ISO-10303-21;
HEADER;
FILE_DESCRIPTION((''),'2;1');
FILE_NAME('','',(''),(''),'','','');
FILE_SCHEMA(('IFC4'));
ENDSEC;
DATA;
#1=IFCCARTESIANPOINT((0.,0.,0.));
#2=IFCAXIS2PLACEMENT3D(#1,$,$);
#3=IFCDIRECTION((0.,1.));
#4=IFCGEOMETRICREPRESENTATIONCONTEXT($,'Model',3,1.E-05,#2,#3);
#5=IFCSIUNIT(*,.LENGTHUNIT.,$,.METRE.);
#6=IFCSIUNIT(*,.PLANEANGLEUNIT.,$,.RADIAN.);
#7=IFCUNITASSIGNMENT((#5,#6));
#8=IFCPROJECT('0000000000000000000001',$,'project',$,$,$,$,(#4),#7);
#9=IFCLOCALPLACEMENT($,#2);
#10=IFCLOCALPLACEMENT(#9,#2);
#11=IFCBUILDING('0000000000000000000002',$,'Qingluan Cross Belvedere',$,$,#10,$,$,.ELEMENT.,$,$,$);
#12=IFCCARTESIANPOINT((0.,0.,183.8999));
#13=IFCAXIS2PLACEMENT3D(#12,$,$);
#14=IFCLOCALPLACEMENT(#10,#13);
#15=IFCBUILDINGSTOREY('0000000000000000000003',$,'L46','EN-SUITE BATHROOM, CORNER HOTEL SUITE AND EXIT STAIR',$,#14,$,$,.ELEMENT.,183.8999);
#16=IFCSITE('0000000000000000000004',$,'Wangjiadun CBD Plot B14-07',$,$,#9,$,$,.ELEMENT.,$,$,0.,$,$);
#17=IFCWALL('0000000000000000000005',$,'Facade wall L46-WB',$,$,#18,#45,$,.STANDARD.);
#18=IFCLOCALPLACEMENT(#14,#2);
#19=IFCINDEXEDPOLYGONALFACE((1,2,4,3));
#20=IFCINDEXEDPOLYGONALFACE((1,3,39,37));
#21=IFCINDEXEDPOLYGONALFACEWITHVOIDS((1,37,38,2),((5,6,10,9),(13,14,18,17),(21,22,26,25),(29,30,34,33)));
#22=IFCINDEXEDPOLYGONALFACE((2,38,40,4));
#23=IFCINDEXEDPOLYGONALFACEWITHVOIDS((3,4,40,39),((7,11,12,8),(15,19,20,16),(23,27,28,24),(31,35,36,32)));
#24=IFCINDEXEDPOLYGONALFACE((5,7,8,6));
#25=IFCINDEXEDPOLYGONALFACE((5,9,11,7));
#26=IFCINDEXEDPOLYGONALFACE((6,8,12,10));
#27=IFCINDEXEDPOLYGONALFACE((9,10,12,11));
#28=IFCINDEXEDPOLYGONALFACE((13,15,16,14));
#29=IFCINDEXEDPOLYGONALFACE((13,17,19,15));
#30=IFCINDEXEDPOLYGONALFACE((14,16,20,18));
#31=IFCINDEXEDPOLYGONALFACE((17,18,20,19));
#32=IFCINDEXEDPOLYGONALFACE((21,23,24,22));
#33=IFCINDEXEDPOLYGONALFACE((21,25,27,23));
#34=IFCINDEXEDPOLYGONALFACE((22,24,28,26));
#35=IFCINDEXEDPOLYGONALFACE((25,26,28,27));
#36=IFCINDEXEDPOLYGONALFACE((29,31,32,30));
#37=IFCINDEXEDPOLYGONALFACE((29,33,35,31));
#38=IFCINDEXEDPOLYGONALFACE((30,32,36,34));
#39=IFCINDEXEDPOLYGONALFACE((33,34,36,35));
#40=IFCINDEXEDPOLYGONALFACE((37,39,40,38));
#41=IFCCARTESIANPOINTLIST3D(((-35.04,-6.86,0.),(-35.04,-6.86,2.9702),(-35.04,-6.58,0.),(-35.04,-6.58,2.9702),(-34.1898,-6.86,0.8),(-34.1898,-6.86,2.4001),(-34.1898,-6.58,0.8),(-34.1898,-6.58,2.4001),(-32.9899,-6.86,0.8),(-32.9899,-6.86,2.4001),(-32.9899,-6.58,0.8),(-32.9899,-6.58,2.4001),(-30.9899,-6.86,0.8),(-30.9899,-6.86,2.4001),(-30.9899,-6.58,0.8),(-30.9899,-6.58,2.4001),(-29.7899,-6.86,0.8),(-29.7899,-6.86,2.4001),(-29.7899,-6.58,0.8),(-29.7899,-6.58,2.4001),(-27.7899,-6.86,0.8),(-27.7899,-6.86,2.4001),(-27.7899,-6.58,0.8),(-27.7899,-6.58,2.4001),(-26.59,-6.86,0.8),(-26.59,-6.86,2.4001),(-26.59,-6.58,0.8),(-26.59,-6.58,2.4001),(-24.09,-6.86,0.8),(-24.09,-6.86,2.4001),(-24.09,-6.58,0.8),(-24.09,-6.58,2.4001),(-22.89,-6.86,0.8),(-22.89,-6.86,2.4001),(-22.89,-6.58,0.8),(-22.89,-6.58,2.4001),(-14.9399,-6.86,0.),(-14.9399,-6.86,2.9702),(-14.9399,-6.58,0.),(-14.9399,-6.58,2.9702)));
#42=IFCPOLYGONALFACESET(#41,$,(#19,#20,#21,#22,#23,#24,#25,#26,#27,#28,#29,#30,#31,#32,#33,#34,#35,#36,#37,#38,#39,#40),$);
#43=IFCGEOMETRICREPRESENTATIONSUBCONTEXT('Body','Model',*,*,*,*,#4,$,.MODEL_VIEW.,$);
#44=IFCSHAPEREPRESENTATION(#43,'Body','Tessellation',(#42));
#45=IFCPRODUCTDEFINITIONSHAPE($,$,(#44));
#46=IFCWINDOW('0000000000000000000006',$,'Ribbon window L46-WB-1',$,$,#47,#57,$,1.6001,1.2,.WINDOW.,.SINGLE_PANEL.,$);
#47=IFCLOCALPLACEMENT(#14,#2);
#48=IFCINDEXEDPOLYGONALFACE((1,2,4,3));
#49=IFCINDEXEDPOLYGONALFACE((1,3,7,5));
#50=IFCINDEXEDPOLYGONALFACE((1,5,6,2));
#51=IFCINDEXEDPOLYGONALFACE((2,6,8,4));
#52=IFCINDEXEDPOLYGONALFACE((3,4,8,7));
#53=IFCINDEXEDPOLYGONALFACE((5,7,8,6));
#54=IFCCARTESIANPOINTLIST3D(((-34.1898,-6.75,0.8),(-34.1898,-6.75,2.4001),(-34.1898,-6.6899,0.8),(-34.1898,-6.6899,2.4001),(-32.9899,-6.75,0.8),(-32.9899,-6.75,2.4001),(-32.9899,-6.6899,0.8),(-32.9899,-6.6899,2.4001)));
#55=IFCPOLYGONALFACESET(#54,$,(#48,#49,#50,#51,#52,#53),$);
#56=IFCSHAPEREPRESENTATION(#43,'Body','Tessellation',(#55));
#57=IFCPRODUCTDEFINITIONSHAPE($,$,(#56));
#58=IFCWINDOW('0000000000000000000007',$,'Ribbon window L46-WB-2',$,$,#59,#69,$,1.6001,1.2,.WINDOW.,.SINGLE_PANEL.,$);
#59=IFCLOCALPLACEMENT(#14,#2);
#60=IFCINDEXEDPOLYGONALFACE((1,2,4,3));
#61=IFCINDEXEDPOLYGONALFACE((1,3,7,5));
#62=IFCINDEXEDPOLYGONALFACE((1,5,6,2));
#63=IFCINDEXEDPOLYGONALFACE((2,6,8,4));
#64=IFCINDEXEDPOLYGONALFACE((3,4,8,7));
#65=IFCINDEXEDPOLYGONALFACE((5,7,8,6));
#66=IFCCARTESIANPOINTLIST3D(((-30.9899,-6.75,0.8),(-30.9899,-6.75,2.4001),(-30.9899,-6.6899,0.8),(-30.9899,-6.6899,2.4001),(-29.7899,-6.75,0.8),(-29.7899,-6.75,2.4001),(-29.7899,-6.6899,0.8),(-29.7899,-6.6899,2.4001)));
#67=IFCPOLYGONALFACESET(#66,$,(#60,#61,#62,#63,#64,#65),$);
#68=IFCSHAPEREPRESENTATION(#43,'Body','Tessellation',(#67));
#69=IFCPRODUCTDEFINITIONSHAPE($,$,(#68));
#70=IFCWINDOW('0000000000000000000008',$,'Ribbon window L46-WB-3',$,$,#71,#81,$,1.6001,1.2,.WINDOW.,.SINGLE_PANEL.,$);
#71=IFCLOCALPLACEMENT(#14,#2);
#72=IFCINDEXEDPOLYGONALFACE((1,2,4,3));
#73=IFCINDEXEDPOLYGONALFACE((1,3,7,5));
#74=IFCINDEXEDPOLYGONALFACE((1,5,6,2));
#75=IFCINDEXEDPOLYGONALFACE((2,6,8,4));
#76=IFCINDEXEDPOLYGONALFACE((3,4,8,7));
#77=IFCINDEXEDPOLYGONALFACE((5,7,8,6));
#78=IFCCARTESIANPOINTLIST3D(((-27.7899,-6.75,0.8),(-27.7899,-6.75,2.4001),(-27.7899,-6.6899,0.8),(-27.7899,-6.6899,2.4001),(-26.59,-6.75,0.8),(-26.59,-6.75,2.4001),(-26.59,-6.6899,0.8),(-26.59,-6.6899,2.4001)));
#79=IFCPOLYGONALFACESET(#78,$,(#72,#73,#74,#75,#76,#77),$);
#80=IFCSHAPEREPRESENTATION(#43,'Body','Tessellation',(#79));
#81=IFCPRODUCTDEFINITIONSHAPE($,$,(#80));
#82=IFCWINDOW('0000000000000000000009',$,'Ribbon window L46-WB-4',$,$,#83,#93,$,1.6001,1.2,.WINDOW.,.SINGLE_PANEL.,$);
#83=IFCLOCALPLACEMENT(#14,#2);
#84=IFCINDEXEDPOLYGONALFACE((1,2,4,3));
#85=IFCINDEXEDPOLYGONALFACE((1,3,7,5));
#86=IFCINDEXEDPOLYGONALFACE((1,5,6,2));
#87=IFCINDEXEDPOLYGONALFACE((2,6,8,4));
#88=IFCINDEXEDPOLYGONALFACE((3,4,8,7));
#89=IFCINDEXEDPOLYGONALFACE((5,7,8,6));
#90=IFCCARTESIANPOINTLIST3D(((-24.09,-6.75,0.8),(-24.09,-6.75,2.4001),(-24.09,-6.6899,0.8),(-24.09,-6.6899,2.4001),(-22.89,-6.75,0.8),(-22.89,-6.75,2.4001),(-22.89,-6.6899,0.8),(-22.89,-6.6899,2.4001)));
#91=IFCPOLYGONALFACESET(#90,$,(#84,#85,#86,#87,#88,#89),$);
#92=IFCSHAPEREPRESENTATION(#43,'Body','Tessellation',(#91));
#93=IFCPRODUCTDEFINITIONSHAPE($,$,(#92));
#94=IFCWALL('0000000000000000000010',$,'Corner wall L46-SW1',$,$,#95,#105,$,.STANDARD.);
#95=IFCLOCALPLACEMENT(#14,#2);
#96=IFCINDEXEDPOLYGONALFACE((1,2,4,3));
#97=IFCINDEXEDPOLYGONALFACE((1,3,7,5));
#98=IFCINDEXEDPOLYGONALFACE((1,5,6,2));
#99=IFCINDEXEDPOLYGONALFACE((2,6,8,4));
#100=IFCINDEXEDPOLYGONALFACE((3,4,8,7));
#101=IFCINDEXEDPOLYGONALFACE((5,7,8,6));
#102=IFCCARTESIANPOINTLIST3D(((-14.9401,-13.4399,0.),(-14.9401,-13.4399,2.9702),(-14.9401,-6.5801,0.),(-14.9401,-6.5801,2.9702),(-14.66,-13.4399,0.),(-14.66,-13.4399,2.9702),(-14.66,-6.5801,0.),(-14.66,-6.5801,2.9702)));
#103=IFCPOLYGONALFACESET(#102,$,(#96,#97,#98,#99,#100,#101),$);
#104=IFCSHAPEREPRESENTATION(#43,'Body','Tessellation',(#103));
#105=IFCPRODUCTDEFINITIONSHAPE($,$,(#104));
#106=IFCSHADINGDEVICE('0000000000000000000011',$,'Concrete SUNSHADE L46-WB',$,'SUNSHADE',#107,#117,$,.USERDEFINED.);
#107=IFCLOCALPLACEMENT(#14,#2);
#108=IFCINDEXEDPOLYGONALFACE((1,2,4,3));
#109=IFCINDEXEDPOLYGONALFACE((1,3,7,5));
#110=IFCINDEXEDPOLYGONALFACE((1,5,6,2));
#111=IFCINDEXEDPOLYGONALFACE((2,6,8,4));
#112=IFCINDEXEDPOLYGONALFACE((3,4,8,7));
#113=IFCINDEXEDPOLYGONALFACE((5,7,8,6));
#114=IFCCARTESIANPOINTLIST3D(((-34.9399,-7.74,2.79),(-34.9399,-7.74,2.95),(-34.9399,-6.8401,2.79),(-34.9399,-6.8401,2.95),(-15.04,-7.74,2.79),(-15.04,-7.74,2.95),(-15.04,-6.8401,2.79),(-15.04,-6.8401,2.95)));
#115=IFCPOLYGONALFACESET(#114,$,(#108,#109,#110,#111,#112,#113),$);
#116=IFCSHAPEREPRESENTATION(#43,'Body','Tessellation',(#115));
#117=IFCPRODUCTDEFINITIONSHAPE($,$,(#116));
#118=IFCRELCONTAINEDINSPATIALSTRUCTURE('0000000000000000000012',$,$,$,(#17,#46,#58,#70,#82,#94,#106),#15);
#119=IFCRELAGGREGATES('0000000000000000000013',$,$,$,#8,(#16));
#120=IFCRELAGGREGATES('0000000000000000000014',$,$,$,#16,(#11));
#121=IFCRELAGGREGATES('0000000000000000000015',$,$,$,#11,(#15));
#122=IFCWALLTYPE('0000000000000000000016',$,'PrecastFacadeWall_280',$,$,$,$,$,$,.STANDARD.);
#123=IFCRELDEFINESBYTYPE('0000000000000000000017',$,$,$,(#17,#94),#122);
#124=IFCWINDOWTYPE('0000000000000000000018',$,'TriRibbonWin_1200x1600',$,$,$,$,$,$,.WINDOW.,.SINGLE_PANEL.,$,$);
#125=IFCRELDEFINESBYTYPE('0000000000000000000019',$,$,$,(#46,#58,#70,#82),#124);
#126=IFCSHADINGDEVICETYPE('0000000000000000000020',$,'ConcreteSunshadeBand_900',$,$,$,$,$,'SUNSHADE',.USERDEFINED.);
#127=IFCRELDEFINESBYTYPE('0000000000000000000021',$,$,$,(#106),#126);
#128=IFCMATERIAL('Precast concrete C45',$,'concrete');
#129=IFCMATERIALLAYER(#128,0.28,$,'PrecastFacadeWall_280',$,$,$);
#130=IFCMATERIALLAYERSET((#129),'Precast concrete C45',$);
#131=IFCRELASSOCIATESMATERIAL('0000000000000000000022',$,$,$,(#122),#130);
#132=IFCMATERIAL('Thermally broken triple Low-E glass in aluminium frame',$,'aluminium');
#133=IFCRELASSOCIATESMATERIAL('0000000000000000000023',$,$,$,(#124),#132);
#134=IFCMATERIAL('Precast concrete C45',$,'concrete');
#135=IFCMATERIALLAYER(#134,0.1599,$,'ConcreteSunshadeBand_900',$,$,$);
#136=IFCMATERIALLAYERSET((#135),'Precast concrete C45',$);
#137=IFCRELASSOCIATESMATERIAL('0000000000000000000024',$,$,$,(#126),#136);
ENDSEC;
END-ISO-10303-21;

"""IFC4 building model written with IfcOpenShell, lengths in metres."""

from ifc_helpers import new_model, si_unit, direction, frame, frame_2d, origin, origin_2d, place, context, subcontext, project, spatial, rectangle, extrude, material, layer, layer_set, type_object, element, fill, save


model = new_model("IFC4")

# Units and contexts
model_context = context("Model", 3, precision=1e-05, world=origin(), true_north=direction((0.0, 1.0)))
body_context = subcontext(model_context, "Body", "Model", "MODEL_VIEW")
ifc_project = project(units=[si_unit("LENGTHUNIT", "METRE"), si_unit("PLANEANGLEUNIT", "RADIAN")], contexts=[model_context])

# Site, building, storey
site_placement = place(None, origin())
site = spatial("IfcSite", under=ifc_project, at=site_placement, Name="Wangjiadun CBD Plot B14-07", CompositionType="ELEMENT", RefElevation=0.0)
building_placement = place(site_placement, origin())
building = spatial("IfcBuilding", under=site, at=building_placement, Name="Qingluan Cross Belvedere", CompositionType="ELEMENT")
storey_placement = place(building_placement, frame((0.0, 0.0, 183.8999)))
storey = spatial("IfcBuildingStorey", under=building, at=storey_placement, Name="L46", Description="EN-SUITE BATHROOM, CORNER HOTEL SUITE AND EXIT STAIR", CompositionType="ELEMENT", Elevation=183.8999)

# Wall, openings, windows
ifc_material_1 = material(Name="Precast concrete C45", Category="concrete")
ifc_layer_1 = layer(ifc_material_1, 0.28, Name="PrecastFacadeWall_280")
ifc_layer_set_1 = layer_set([ifc_layer_1], Name="Precast concrete C45")
wall_type_1 = type_object("IfcWallType", Name="PrecastFacadeWall_280", PredefinedType="STANDARD", material=ifc_layer_set_1)
wall_1_placement = place(storey_placement, frame((-35.04, -6.72, 0.0), z_axis=(0.0, 0.0, 1.0), x_axis=(1.0, 0.0, 0.0)))
wall_1 = element("IfcWall", 1, at=wall_1_placement, inside=storey, type_object=wall_type_1, Name="Facade wall L46-WB", PredefinedType="STANDARD", context=body_context, shape_type="SweptSolid", body=[
    extrude(rectangle(XDim=20.1001, YDim=0.28, at=frame_2d((10.05, 0.0))), origin(), (0.0, 0.0, 1.0), 2.9702),
])
opening_1_placement = place(wall_1_placement, frame((0.8501, 0.0, 0.8)))
opening_1 = element("IfcOpeningElement", 2, at=opening_1_placement, cuts=wall_1, PredefinedType="OPENING", context=body_context, shape_type="SweptSolid", body=[
    extrude(rectangle(XDim=1.2, YDim=1.6001, at=frame_2d((0.6001, 0.8))), frame((0.0, 0.1499, 0.0), z_axis=(0.0, -1.0, 0.0), x_axis=(1.0, 0.0, 0.0)), (0.0, 0.0, 1.0), 0.3),
])
opening_2_placement = place(wall_1_placement, frame((4.05, 0.0, 0.8)))
opening_2 = element("IfcOpeningElement", 3, at=opening_2_placement, cuts=wall_1, PredefinedType="OPENING", context=body_context, shape_type="SweptSolid", body=[
    extrude(rectangle(XDim=1.2, YDim=1.6001, at=frame_2d((0.6001, 0.8))), frame((0.0, 0.1499, 0.0), z_axis=(0.0, -1.0, 0.0), x_axis=(1.0, 0.0, 0.0)), (0.0, 0.0, 1.0), 0.3),
])
opening_3_placement = place(wall_1_placement, frame((7.25, 0.0, 0.8)))
opening_3 = element("IfcOpeningElement", 4, at=opening_3_placement, cuts=wall_1, PredefinedType="OPENING", context=body_context, shape_type="SweptSolid", body=[
    extrude(rectangle(XDim=1.2, YDim=1.6001, at=frame_2d((0.6001, 0.8))), frame((0.0, 0.1499, 0.0), z_axis=(0.0, -1.0, 0.0), x_axis=(1.0, 0.0, 0.0)), (0.0, 0.0, 1.0), 0.3),
])
opening_4_placement = place(wall_1_placement, frame((10.95, 0.0, 0.8)))
opening_4 = element("IfcOpeningElement", 5, at=opening_4_placement, cuts=wall_1, PredefinedType="OPENING", context=body_context, shape_type="SweptSolid", body=[
    extrude(rectangle(XDim=1.2, YDim=1.6001, at=frame_2d((0.6001, 0.8))), frame((0.0, 0.1499, 0.0), z_axis=(0.0, -1.0, 0.0), x_axis=(1.0, 0.0, 0.0)), (0.0, 0.0, 1.0), 0.3),
])
ifc_material_2 = material(Name="Thermally broken triple Low-E glass in aluminium frame", Category="aluminium")
window_type = type_object("IfcWindowType", Name="TriRibbonWin_1200x1600", PartitioningType="SINGLE_PANEL", PredefinedType="WINDOW", material=ifc_material_2)
window_1_placement = place(opening_1_placement, origin())
window_1 = element("IfcWindow", 6, at=window_1_placement, inside=storey, type_object=window_type, Name="Ribbon window L46-WB-1", OverallHeight=1.6001, OverallWidth=1.2, PartitioningType="SINGLE_PANEL", PredefinedType="WINDOW", context=body_context, shape_type="SweptSolid", body=[
    extrude(rectangle(XDim=1.2, YDim=1.6001, at=frame_2d((0.6001, 0.8))), frame((0.0, 0.03, 0.0), z_axis=(0.0, -1.0, 0.0), x_axis=(1.0, 0.0, 0.0)), (0.0, 0.0, 1.0), 0.0601),
])
fill(opening_1, window_1)
window_2_placement = place(opening_2_placement, origin())
window_2 = element("IfcWindow", 7, at=window_2_placement, inside=storey, type_object=window_type, Name="Ribbon window L46-WB-2", OverallHeight=1.6001, OverallWidth=1.2, PartitioningType="SINGLE_PANEL", PredefinedType="WINDOW", context=body_context, shape_type="SweptSolid", body=[
    extrude(rectangle(XDim=1.2, YDim=1.6001, at=frame_2d((0.6001, 0.8))), frame((0.0, 0.03, 0.0), z_axis=(0.0, -1.0, 0.0), x_axis=(1.0, 0.0, 0.0)), (0.0, 0.0, 1.0), 0.0601),
])
fill(opening_2, window_2)
window_3_placement = place(opening_3_placement, origin())
window_3 = element("IfcWindow", 8, at=window_3_placement, inside=storey, type_object=window_type, Name="Ribbon window L46-WB-3", OverallHeight=1.6001, OverallWidth=1.2, PartitioningType="SINGLE_PANEL", PredefinedType="WINDOW", context=body_context, shape_type="SweptSolid", body=[
    extrude(rectangle(XDim=1.2, YDim=1.6001, at=frame_2d((0.6001, 0.8))), frame((0.0, 0.03, 0.0), z_axis=(0.0, -1.0, 0.0), x_axis=(1.0, 0.0, 0.0)), (0.0, 0.0, 1.0), 0.0601),
])
fill(opening_3, window_3)
window_4_placement = place(opening_4_placement, origin())
window_4 = element("IfcWindow", 9, at=window_4_placement, inside=storey, type_object=window_type, Name="Ribbon window L46-WB-4", OverallHeight=1.6001, OverallWidth=1.2, PartitioningType="SINGLE_PANEL", PredefinedType="WINDOW", context=body_context, shape_type="SweptSolid", body=[
    extrude(rectangle(XDim=1.2, YDim=1.6001, at=frame_2d((0.6001, 0.8))), frame((0.0, 0.03, 0.0), z_axis=(0.0, -1.0, 0.0), x_axis=(1.0, 0.0, 0.0)), (0.0, 0.0, 1.0), 0.0601),
])
fill(opening_4, window_4)

# Wall
wall_2_placement = place(storey_placement, frame((-14.8, -6.5801, 0.0), z_axis=(0.0, 0.0, 1.0), x_axis=(0.0, -1.0, 0.0)))
element("IfcWall", 10, at=wall_2_placement, inside=storey, type_object=wall_type_1, Name="Corner wall L46-SW1", PredefinedType="STANDARD", context=body_context, shape_type="SweptSolid", body=[
    extrude(rectangle(XDim=6.8599, YDim=0.28, at=frame_2d((3.4299, 0.0))), origin(), (0.0, 0.0, 1.0), 2.9702),
])

# Shading device
ifc_material_3 = material(Name="Precast concrete C45", Category="concrete")
ifc_layer_2 = layer(ifc_material_3, 0.1599, Name="ConcreteSunshadeBand_900")
ifc_layer_set_2 = layer_set([ifc_layer_2], Name="Precast concrete C45")
shading_device_type = type_object("IfcShadingDeviceType", Name="ConcreteSunshadeBand_900", ElementType="SUNSHADE", PredefinedType="USERDEFINED", material=ifc_layer_set_2)
shading_device_placement = place(storey_placement, frame((-24.99, -7.29, 2.79), z_axis=(0.0, 0.0, 1.0), x_axis=(1.0, 0.0, 0.0)))
element("IfcShadingDevice", 11, at=shading_device_placement, inside=storey, type_object=shading_device_type, Name="Concrete SUNSHADE L46-WB", ObjectType="SUNSHADE", PredefinedType="USERDEFINED", context=body_context, shape_type="SweptSolid", body=[
    extrude(rectangle(XDim=19.8999, YDim=0.8999, at=origin_2d()), origin(), (0.0, 0.0, 1.0), 0.1599),
])

save(model, "model.ifc")
